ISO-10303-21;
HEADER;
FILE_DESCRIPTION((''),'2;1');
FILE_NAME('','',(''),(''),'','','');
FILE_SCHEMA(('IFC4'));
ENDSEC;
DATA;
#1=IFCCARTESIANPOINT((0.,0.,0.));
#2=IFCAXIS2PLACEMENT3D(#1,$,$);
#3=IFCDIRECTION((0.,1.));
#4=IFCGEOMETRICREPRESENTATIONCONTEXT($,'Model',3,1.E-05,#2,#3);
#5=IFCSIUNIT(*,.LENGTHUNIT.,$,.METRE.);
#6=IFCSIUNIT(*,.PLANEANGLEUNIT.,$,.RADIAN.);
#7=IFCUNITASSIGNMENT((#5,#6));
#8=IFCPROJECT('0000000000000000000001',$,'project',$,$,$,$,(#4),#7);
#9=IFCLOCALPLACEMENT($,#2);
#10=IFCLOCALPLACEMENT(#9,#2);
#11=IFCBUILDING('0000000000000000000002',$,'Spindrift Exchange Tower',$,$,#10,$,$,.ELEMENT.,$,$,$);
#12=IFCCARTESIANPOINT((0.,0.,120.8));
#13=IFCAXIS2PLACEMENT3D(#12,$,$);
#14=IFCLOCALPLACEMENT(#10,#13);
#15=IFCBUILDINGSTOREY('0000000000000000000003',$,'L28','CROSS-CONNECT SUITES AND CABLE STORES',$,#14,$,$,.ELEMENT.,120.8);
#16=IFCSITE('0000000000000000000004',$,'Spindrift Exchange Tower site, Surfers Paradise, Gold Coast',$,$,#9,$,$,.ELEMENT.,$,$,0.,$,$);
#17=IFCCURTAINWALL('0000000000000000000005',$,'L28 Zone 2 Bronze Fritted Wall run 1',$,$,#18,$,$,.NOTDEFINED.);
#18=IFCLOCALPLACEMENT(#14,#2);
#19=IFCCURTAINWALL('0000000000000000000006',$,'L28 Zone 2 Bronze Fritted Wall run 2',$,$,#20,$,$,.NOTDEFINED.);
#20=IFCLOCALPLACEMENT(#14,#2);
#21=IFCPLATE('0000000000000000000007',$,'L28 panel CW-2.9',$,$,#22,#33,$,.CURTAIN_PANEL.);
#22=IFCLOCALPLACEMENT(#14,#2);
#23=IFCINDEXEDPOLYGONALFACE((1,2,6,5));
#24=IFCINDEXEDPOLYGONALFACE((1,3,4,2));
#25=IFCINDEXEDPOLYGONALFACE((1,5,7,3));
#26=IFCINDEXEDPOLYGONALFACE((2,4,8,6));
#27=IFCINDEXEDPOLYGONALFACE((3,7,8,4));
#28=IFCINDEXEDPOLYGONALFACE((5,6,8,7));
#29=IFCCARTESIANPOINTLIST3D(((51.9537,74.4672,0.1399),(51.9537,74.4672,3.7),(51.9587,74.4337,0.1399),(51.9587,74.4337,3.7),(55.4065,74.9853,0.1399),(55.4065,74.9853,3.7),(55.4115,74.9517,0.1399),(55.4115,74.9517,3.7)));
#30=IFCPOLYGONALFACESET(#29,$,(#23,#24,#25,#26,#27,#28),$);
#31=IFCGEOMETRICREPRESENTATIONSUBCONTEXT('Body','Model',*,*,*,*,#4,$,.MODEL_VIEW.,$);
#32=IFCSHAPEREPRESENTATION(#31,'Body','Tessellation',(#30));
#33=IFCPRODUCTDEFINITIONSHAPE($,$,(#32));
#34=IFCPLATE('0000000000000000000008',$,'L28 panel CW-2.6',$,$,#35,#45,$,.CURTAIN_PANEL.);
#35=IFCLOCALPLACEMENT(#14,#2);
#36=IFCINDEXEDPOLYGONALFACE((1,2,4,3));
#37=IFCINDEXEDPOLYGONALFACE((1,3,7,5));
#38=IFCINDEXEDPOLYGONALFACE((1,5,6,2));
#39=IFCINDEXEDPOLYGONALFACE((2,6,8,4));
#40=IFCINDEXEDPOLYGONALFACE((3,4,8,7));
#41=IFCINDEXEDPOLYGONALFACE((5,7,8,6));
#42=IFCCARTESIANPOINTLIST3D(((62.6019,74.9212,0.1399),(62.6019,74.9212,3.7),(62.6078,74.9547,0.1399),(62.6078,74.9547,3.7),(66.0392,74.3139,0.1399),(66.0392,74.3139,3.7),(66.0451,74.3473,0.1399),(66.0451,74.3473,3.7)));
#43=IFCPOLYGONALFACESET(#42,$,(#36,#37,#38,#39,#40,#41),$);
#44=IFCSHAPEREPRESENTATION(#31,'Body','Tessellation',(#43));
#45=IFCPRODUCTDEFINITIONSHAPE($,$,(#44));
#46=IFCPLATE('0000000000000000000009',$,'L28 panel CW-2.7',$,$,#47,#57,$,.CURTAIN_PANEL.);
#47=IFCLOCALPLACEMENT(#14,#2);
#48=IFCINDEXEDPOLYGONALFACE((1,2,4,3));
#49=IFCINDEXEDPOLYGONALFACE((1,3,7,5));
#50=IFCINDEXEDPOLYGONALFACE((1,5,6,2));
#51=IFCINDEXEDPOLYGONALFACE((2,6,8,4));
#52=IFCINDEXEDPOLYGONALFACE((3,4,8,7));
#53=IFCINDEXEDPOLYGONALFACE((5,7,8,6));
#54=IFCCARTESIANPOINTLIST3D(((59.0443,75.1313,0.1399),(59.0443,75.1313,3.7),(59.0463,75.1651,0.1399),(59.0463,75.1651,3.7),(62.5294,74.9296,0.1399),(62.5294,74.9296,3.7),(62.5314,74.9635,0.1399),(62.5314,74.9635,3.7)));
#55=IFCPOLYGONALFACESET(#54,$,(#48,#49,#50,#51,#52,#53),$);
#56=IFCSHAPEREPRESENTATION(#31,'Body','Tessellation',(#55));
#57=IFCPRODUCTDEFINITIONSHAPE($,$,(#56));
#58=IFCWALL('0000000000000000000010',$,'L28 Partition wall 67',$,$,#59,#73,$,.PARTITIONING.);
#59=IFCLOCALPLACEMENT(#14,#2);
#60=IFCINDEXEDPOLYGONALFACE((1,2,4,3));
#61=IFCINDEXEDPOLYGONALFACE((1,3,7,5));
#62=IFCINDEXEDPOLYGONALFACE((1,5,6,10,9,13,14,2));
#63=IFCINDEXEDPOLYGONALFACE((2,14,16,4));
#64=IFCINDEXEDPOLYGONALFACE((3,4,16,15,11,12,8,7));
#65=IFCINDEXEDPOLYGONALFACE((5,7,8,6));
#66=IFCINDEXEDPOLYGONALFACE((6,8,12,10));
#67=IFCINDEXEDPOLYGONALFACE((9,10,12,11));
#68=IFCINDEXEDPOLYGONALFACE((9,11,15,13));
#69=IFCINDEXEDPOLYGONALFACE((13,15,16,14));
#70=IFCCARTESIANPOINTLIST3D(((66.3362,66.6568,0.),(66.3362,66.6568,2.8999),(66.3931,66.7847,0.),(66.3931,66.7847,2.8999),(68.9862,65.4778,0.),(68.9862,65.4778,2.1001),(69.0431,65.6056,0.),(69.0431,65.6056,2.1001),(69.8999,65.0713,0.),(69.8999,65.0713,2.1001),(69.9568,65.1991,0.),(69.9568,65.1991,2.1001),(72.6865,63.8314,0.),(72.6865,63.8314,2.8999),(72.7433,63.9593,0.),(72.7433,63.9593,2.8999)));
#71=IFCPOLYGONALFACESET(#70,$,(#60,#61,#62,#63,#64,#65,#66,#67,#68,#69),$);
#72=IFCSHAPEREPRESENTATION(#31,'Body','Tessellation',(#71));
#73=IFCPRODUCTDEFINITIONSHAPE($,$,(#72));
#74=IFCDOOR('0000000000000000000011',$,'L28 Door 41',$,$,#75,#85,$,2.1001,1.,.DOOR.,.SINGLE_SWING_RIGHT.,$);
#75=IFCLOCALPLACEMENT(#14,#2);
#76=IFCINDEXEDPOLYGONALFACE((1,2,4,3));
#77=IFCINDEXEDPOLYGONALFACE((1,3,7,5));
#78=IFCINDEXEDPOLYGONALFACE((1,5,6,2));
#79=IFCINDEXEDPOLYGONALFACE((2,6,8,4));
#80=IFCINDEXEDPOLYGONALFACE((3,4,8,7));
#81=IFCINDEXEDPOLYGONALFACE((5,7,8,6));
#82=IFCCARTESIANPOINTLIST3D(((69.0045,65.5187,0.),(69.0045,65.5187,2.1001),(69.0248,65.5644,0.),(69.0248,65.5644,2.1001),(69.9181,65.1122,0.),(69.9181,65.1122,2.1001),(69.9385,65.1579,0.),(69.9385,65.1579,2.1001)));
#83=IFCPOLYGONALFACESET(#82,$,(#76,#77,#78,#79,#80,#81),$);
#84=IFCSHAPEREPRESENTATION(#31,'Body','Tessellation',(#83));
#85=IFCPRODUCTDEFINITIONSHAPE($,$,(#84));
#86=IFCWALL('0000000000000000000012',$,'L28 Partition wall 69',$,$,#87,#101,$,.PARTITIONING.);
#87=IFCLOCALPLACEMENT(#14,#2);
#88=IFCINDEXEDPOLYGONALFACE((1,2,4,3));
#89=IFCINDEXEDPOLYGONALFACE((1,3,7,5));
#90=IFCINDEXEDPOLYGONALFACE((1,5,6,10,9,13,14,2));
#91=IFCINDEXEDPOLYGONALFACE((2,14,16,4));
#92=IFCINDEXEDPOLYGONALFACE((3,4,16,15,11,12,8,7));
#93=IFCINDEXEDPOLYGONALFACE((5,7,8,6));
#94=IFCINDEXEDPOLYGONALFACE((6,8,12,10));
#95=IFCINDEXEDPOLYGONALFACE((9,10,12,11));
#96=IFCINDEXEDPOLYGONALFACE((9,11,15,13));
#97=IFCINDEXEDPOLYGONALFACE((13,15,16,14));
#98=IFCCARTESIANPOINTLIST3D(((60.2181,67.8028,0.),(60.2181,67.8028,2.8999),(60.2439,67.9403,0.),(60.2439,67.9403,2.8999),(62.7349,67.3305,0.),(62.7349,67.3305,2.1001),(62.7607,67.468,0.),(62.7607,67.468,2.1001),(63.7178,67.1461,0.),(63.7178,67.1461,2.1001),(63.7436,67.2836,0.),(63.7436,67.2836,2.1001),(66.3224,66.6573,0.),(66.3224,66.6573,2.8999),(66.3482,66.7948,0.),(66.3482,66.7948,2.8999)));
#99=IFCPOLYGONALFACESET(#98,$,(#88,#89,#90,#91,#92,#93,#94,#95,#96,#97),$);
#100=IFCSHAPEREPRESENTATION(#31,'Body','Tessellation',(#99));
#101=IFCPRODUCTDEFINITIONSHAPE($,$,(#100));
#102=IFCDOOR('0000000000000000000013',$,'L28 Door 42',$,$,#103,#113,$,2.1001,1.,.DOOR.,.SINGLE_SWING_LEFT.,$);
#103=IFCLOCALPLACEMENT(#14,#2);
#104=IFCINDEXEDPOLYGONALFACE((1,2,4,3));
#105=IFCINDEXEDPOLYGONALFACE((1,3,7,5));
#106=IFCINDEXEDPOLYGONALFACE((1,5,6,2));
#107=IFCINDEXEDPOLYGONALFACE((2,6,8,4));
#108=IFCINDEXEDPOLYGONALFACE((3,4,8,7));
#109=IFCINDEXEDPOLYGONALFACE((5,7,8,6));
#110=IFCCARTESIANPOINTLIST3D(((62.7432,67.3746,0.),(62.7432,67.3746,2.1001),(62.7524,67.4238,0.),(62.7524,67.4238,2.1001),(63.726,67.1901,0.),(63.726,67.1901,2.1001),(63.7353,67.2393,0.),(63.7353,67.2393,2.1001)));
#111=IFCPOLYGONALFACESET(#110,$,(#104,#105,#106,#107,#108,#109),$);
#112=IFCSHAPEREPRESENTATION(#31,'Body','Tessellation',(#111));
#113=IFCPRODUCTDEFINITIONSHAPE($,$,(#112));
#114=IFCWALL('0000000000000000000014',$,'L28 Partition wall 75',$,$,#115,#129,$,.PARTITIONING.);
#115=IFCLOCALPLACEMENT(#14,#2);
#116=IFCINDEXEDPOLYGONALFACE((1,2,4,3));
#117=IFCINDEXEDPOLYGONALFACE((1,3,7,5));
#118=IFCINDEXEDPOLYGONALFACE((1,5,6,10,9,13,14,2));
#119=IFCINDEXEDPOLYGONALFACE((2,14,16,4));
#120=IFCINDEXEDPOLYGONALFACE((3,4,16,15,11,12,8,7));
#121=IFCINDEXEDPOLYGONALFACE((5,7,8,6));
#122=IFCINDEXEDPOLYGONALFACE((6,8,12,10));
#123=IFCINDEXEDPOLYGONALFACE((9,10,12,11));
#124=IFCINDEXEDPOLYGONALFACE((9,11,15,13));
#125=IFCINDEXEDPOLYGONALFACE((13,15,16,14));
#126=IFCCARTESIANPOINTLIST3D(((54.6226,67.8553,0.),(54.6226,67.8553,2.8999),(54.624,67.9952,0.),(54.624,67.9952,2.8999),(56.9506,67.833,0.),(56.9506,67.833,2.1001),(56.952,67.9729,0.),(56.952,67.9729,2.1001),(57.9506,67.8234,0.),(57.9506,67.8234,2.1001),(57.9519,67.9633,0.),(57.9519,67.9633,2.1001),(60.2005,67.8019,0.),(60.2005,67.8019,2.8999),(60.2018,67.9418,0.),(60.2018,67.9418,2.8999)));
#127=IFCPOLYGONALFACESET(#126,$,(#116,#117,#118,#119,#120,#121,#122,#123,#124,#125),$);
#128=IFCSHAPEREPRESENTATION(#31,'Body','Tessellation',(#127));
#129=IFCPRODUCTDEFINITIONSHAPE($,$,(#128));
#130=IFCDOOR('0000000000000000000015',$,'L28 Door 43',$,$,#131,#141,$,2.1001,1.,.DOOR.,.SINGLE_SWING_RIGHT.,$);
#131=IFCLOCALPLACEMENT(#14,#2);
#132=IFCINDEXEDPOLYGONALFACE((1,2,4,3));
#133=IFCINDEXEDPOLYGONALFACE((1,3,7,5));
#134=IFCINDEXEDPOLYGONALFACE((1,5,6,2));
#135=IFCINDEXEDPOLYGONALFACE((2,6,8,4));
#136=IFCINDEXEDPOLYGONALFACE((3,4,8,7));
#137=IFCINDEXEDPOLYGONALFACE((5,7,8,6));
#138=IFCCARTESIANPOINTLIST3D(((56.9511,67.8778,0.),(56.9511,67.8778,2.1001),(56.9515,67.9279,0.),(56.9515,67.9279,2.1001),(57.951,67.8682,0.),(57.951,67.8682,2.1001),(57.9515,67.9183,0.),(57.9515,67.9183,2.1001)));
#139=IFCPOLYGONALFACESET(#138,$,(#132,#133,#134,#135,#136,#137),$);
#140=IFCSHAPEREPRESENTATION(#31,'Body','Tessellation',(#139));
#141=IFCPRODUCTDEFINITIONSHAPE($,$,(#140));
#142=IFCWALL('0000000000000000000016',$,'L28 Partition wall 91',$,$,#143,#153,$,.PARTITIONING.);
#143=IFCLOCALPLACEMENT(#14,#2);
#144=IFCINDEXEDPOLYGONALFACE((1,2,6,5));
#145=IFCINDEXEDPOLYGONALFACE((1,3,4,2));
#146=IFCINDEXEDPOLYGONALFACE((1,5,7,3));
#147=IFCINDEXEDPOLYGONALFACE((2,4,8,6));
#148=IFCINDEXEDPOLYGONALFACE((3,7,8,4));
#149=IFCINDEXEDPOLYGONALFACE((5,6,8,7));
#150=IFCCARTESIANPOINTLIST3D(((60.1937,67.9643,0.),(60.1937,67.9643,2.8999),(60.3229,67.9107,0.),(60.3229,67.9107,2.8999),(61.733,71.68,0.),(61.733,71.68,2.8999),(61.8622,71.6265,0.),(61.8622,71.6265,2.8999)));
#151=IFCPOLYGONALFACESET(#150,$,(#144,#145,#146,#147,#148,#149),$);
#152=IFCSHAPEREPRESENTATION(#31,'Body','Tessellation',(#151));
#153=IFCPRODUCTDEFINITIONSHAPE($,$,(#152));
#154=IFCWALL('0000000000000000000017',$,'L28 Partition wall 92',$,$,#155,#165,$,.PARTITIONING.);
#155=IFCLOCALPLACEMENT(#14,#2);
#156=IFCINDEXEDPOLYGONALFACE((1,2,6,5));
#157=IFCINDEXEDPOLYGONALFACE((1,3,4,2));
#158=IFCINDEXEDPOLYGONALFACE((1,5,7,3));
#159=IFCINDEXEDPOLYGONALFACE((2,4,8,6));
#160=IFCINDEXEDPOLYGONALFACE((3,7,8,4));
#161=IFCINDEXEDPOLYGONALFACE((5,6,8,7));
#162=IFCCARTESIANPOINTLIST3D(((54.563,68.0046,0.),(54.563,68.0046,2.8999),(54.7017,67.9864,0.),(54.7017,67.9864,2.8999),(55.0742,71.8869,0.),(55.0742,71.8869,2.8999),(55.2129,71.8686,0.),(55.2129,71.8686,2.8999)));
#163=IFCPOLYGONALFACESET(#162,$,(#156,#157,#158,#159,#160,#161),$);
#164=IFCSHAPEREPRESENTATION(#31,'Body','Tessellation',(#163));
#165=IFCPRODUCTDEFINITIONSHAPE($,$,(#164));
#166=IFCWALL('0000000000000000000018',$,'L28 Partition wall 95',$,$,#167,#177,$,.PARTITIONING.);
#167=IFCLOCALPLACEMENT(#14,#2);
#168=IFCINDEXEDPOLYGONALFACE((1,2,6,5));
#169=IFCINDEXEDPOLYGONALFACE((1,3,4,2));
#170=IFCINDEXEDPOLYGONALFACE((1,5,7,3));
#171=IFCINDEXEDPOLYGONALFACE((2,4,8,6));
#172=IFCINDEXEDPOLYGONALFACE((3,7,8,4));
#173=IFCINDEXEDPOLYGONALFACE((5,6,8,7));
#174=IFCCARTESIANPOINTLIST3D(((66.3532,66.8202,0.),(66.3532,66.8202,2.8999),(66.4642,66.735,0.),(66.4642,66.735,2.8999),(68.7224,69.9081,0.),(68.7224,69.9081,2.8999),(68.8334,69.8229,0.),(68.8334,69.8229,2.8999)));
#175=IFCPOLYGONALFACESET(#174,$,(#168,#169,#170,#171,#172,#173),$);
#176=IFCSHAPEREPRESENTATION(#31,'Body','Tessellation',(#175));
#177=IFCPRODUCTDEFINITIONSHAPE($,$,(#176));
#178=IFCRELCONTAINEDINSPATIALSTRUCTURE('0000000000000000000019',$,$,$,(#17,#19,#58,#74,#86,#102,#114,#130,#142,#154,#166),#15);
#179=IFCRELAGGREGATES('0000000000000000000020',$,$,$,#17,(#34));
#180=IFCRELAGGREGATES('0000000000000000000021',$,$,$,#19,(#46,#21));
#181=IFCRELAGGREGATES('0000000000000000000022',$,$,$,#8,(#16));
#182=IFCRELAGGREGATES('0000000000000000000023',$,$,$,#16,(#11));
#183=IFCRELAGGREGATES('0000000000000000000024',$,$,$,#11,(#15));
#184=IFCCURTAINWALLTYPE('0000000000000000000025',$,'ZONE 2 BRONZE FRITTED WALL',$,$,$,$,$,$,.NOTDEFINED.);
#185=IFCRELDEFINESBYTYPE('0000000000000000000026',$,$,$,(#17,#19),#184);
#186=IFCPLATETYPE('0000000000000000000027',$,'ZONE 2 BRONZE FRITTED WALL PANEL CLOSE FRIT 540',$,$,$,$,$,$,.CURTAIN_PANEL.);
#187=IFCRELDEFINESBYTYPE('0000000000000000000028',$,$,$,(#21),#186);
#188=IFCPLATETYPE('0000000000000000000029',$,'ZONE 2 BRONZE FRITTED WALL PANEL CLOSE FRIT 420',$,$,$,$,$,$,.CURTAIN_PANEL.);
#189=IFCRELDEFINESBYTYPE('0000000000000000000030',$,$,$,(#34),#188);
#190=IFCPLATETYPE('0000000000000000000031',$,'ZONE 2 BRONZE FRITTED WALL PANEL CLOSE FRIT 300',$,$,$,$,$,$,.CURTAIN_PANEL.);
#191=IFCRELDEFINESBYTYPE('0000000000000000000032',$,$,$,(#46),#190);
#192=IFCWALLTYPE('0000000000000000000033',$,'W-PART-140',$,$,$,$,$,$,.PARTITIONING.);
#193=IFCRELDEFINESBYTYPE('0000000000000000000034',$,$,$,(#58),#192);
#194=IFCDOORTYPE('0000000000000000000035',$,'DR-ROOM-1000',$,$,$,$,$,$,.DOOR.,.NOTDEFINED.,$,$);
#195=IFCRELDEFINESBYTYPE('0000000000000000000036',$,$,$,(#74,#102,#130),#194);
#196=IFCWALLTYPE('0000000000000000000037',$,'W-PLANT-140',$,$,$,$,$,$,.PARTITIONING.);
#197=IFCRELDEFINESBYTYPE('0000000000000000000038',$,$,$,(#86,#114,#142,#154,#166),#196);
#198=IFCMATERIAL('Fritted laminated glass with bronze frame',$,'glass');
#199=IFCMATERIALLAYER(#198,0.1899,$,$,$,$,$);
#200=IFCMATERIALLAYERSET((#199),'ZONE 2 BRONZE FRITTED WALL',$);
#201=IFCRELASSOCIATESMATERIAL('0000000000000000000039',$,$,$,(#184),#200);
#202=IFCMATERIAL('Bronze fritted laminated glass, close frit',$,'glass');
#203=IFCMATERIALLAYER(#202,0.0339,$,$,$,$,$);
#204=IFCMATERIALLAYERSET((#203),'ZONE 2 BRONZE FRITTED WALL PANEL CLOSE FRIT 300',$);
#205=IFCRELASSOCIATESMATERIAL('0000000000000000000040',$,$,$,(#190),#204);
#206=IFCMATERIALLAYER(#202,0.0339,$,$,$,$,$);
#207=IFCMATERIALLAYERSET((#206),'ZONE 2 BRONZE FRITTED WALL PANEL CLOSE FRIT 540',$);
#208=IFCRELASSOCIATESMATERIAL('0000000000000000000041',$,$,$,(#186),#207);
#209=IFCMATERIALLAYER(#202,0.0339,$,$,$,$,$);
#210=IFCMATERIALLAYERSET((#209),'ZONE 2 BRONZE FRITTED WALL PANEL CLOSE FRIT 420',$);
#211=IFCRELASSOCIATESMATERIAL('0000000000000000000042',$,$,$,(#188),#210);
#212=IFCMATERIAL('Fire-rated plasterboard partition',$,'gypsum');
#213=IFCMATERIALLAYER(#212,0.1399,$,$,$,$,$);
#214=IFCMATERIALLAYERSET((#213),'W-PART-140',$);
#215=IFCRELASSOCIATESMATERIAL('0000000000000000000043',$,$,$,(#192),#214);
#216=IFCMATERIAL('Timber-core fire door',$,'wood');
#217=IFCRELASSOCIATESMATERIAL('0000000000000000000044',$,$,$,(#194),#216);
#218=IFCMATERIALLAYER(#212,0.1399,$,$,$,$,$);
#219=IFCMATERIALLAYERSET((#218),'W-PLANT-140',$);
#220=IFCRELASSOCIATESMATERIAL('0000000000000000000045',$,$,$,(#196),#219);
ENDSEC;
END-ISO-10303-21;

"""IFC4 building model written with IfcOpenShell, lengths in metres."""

from ifc_helpers import new_model, si_unit, direction, frame, frame_2d, origin, origin_2d, place, context, subcontext, project, spatial, rectangle, extrude, source, transform, mapped, material, layer, layer_set, type_object, element, fill, aggregate, save


model = new_model("IFC4")

# Units and contexts
model_context = context("Model", 3, precision=1e-05, world=origin(), true_north=direction((0.0, 1.0)))
body_context = subcontext(model_context, "Body", "Model", "MODEL_VIEW")
ifc_project = project(units=[si_unit("LENGTHUNIT", "METRE"), si_unit("PLANEANGLEUNIT", "RADIAN")], contexts=[model_context])

# Site, building, storey
site_placement = place(None, origin())
site = spatial("IfcSite", under=ifc_project, at=site_placement, Name="Spindrift Exchange Tower site, Surfers Paradise, Gold Coast", CompositionType="ELEMENT", RefElevation=0.0)
building_placement = place(site_placement, origin())
building = spatial("IfcBuilding", under=site, at=building_placement, Name="Spindrift Exchange Tower", CompositionType="ELEMENT")
storey_placement = place(building_placement, frame((0.0, 0.0, 120.8)))
storey = spatial("IfcBuildingStorey", under=building, at=storey_placement, Name="L28", Description="CROSS-CONNECT SUITES AND CABLE STORES", CompositionType="ELEMENT", Elevation=120.8)

# Curtain wall
ifc_material_1 = material(Name="Fritted laminated glass with bronze frame", Category="glass")
ifc_layer_1 = layer(ifc_material_1, 0.1899)
ifc_layer_set_1 = layer_set([ifc_layer_1], Name="ZONE 2 BRONZE FRITTED WALL")
curtain_wall_type = type_object("IfcCurtainWallType", Name="ZONE 2 BRONZE FRITTED WALL", PredefinedType="NOTDEFINED", material=ifc_layer_set_1)
curtain_wall_1_placement = place(storey_placement, origin())
curtain_wall_1 = element("IfcCurtainWall", 1, at=curtain_wall_1_placement, inside=storey, type_object=curtain_wall_type, Name="L28 Zone 2 Bronze Fritted Wall run 1", PredefinedType="NOTDEFINED")

# Curtain wall
curtain_wall_2_placement = place(storey_placement, origin())
curtain_wall_2 = element("IfcCurtainWall", 2, at=curtain_wall_2_placement, inside=storey, type_object=curtain_wall_type, Name="L28 Zone 2 Bronze Fritted Wall run 2", PredefinedType="NOTDEFINED")

# Plates
ifc_material_2 = material(Name="Bronze fritted laminated glass, close frit", Category="glass")
ifc_layer_2 = layer(ifc_material_2, 0.0339)
ifc_layer_set_2 = layer_set([ifc_layer_2], Name="ZONE 2 BRONZE FRITTED WALL PANEL CLOSE FRIT 300")
plate_type_1 = type_object("IfcPlateType", Name="ZONE 2 BRONZE FRITTED WALL PANEL CLOSE FRIT 300", PredefinedType="CURTAIN_PANEL", material=ifc_layer_set_2)
ifc_layer_3 = layer(ifc_material_2, 0.0339)
ifc_layer_set_3 = layer_set([ifc_layer_3], Name="ZONE 2 BRONZE FRITTED WALL PANEL CLOSE FRIT 540")
plate_type_2 = type_object("IfcPlateType", Name="ZONE 2 BRONZE FRITTED WALL PANEL CLOSE FRIT 540", PredefinedType="CURTAIN_PANEL", material=ifc_layer_set_3)
shared_shape_1 = source(origin(), body_context, "Body", "SweptSolid", [
    extrude(rectangle(XDim=3.4915, YDim=0.0339, at=origin_2d()), origin(), (0.0, 0.0, 1.0), 3.5601),
])
plate_1_placement = place(storey_placement, frame((53.6826, 74.7095, 0.1399), z_axis=(0.0, 0.0, 1.0), x_axis=(-0.98893, -0.148386, 0.0)))
plate_1 = element("IfcPlate", 3, at=plate_1_placement, type_object=plate_type_2, Name="L28 panel CW-2.9", PredefinedType="CURTAIN_PANEL", context=body_context, shape_type="MappedRepresentation", body=[
    mapped(shared_shape_1, transform((0.0, 0.0, 0.0), scale=1.0)),
])
ifc_layer_4 = layer(ifc_material_2, 0.0339)
ifc_layer_set_4 = layer_set([ifc_layer_4], Name="ZONE 2 BRONZE FRITTED WALL PANEL CLOSE FRIT 420")
plate_type_3 = type_object("IfcPlateType", Name="ZONE 2 BRONZE FRITTED WALL PANEL CLOSE FRIT 420", PredefinedType="CURTAIN_PANEL", material=ifc_layer_set_4)
shared_shape_2 = source(origin(), body_context, "Body", "SweptSolid", [
    extrude(rectangle(XDim=3.4905, YDim=0.0339, at=origin_2d()), origin(), (0.0, 0.0, 1.0), 3.5601),
])
plate_2_placement = place(storey_placement, frame((64.3235, 74.6343, 0.1399), z_axis=(0.0, 0.0, 1.0), x_axis=(-0.984746, 0.174001, 0.0)))
plate_2 = element("IfcPlate", 4, at=plate_2_placement, type_object=plate_type_3, Name="L28 panel CW-2.6", PredefinedType="CURTAIN_PANEL", context=body_context, shape_type="MappedRepresentation", body=[
    mapped(shared_shape_2, transform((0.0, 0.0, 0.0), scale=1.0)),
])
aggregate(curtain_wall_1, [plate_2])
shared_shape_3 = source(origin(), body_context, "Body", "SweptSolid", [
    extrude(rectangle(XDim=3.491, YDim=0.0339, at=origin_2d()), origin(), (0.0, 0.0, 1.0), 3.5601),
])
plate_3_placement = place(storey_placement, frame((60.7878, 75.0474, 0.1399), z_axis=(0.0, 0.0, 1.0), x_axis=(-0.99833, 0.057768, 0.0)))
plate_3 = element("IfcPlate", 5, at=plate_3_placement, type_object=plate_type_1, Name="L28 panel CW-2.7", PredefinedType="CURTAIN_PANEL", context=body_context, shape_type="MappedRepresentation", body=[
    mapped(shared_shape_3, transform((0.0, 0.0, 0.0), scale=1.0)),
])
aggregate(curtain_wall_2, [plate_3, plate_1])

# Walls, openings, doors
ifc_material_3 = material(Name="Fire-rated plasterboard partition", Category="gypsum")
ifc_layer_5 = layer(ifc_material_3, 0.1399)
ifc_layer_set_5 = layer_set([ifc_layer_5], Name="W-PART-140")
wall_type_1 = type_object("IfcWallType", Name="W-PART-140", PredefinedType="PARTITIONING", material=ifc_layer_set_5)
wall_1_placement = place(storey_placement, frame((66.3647, 66.7207, 0.0), z_axis=(0.0, 0.0, 1.0), x_axis=(0.913648, -0.406507, 0.0)))
wall_1 = element("IfcWall", 6, at=wall_1_placement, inside=storey, type_object=wall_type_1, Name="L28 Partition wall 67", PredefinedType="PARTITIONING", context=body_context, shape_type="SweptSolid", body=[
    extrude(rectangle(XDim=6.9504, YDim=0.1399, at=frame_2d((3.4751, 0.0))), origin(), (0.0, 0.0, 1.0), 2.8999),
])
opening_1_placement = place(wall_1_placement, frame((2.9004, 0.0, 0.0)))
opening_1 = element("IfcOpeningElement", 7, at=opening_1_placement, cuts=wall_1, PredefinedType="OPENING", context=body_context, shape_type="SweptSolid", body=[
    extrude(rectangle(XDim=1.0, YDim=2.1001, at=frame_2d((0.5, 1.05))), frame((0.0, 0.0798, 0.0), z_axis=(0.0, -1.0, 0.0), x_axis=(1.0, 0.0, 0.0)), (0.0, 0.0, 1.0), 0.1599),
])
ifc_material_4 = material(Name="Timber-core fire door", Category="wood")
door_type = type_object("IfcDoorType", Name="DR-ROOM-1000", OperationType="NOTDEFINED", PredefinedType="DOOR", material=ifc_material_4)
shared_shape_4 = source(origin(), body_context, "Body", "SweptSolid", [
    extrude(rectangle(XDim=1.0, YDim=2.1001, at=frame_2d((0.5, 1.05))), frame((0.0, 0.0249, 0.0), z_axis=(0.0, -1.0, 0.0), x_axis=(1.0, 0.0, 0.0)), (0.0, 0.0, 1.0), 0.05),
])
door_1_placement = place(opening_1_placement, origin())
door_1 = element("IfcDoor", 8, at=door_1_placement, inside=storey, type_object=door_type, Name="L28 Door 41", OperationType="SINGLE_SWING_RIGHT", OverallHeight=2.1001, OverallWidth=1.0, PredefinedType="DOOR", context=body_context, shape_type="MappedRepresentation", body=[
    mapped(shared_shape_4, transform((0.0, 0.0, 0.0), scale=1.0)),
])
fill(opening_1, door_1)
ifc_layer_6 = layer(ifc_material_3, 0.1399)
ifc_layer_set_6 = layer_set([ifc_layer_6], Name="W-PLANT-140")
wall_type_2 = type_object("IfcWallType", Name="W-PLANT-140", PredefinedType="PARTITIONING", material=ifc_layer_set_6)
wall_2_placement = place(storey_placement, frame((60.231, 67.8716, 0.0), z_axis=(0.0, 0.0, 1.0), x_axis=(0.982845, -0.184431, 0.0)))
wall_2 = element("IfcWall", 9, at=wall_2_placement, inside=storey, type_object=wall_type_2, Name="L28 Partition wall 69", PredefinedType="PARTITIONING", context=body_context, shape_type="SweptSolid", body=[
    extrude(rectangle(XDim=6.2109, YDim=0.1399, at=frame_2d((3.1055, 0.0))), origin(), (0.0, 0.0, 1.0), 2.8999),
])
opening_2_placement = place(wall_2_placement, frame((2.5608, 0.0, 0.0)))
opening_2 = element("IfcOpeningElement", 10, at=opening_2_placement, cuts=wall_2, PredefinedType="OPENING", context=body_context, shape_type="SweptSolid", body=[
    extrude(rectangle(XDim=1.0, YDim=2.1001, at=frame_2d((0.5, 1.05))), frame((0.0, 0.0798, 0.0), z_axis=(0.0, -1.0, 0.0), x_axis=(1.0, 0.0, 0.0)), (0.0, 0.0, 1.0), 0.1599),
])
door_2_placement = place(opening_2_placement, origin())
door_2 = element("IfcDoor", 11, at=door_2_placement, inside=storey, type_object=door_type, Name="L28 Door 42", OperationType="SINGLE_SWING_LEFT", OverallHeight=2.1001, OverallWidth=1.0, PredefinedType="DOOR", context=body_context, shape_type="MappedRepresentation", body=[
    mapped(shared_shape_4, transform((0.0, 0.0, 0.0), scale=1.0)),
])
fill(opening_2, door_2)
wall_3_placement = place(storey_placement, frame((54.6233, 67.9253, 0.0), z_axis=(0.0, 0.0, 1.0), x_axis=(0.999954, -0.009585, 0.0)))
wall_3 = element("IfcWall", 12, at=wall_3_placement, inside=storey, type_object=wall_type_2, Name="L28 Partition wall 75", PredefinedType="PARTITIONING", context=body_context, shape_type="SweptSolid", body=[
    extrude(rectangle(XDim=5.5781, YDim=0.1399, at=frame_2d((2.7891, 0.0))), origin(), (0.0, 0.0, 1.0), 2.8999),
])
opening_3_placement = place(wall_3_placement, frame((2.3281, 0.0, 0.0)))
opening_3 = element("IfcOpeningElement", 13, at=opening_3_placement, cuts=wall_3, PredefinedType="OPENING", context=body_context, shape_type="SweptSolid", body=[
    extrude(rectangle(XDim=1.0, YDim=2.1001, at=frame_2d((0.5, 1.05))), frame((0.0, 0.0798, 0.0), z_axis=(0.0, -1.0, 0.0), x_axis=(1.0, 0.0, 0.0)), (0.0, 0.0, 1.0), 0.1599),
])
door_3_placement = place(opening_3_placement, origin())
door_3 = element("IfcDoor", 14, at=door_3_placement, inside=storey, type_object=door_type, Name="L28 Door 43", OperationType="SINGLE_SWING_RIGHT", OverallHeight=2.1001, OverallWidth=1.0, PredefinedType="DOOR", context=body_context, shape_type="MappedRepresentation", body=[
    mapped(shared_shape_4, transform((0.0, 0.0, 0.0), scale=1.0)),
])
fill(opening_3, door_3)

# Walls
wall_4_placement = place(storey_placement, frame((60.2583, 67.9375, 0.0), z_axis=(0.0, 0.0, 1.0), x_axis=(0.382718, 0.923865, 0.0)))
element("IfcWall", 15, at=wall_4_placement, inside=storey, type_object=wall_type_2, Name="L28 Partition wall 91", PredefinedType="PARTITIONING", context=body_context, shape_type="SweptSolid", body=[
    extrude(rectangle(XDim=4.022, YDim=0.1399, at=frame_2d((2.011, 0.0))), origin(), (0.0, 0.0, 1.0), 2.8999),
])
wall_5_placement = place(storey_placement, frame((54.6323, 67.9954, 0.0), z_axis=(0.0, 0.0, 1.0), x_axis=(0.130555, 0.991441, 0.0)))
element("IfcWall", 16, at=wall_5_placement, inside=storey, type_object=wall_type_2, Name="L28 Partition wall 92", PredefinedType="PARTITIONING", context=body_context, shape_type="SweptSolid", body=[
    extrude(rectangle(XDim=3.9158, YDim=0.1399, at=frame_2d((1.958, 0.0))), origin(), (0.0, 0.0, 1.0), 2.8999),
])
wall_6_placement = place(storey_placement, frame((66.4087, 66.7776, 0.0), z_axis=(0.0, 0.0, 1.0), x_axis=(0.608716, 0.793388, 0.0)))
element("IfcWall", 17, at=wall_6_placement, inside=storey, type_object=wall_type_2, Name="L28 Partition wall 95", PredefinedType="PARTITIONING", context=body_context, shape_type="SweptSolid", body=[
    extrude(rectangle(XDim=3.8921, YDim=0.1399, at=frame_2d((1.946, 0.0))), origin(), (0.0, 0.0, 1.0), 2.8999),
])

save(model, "model.ifc")
